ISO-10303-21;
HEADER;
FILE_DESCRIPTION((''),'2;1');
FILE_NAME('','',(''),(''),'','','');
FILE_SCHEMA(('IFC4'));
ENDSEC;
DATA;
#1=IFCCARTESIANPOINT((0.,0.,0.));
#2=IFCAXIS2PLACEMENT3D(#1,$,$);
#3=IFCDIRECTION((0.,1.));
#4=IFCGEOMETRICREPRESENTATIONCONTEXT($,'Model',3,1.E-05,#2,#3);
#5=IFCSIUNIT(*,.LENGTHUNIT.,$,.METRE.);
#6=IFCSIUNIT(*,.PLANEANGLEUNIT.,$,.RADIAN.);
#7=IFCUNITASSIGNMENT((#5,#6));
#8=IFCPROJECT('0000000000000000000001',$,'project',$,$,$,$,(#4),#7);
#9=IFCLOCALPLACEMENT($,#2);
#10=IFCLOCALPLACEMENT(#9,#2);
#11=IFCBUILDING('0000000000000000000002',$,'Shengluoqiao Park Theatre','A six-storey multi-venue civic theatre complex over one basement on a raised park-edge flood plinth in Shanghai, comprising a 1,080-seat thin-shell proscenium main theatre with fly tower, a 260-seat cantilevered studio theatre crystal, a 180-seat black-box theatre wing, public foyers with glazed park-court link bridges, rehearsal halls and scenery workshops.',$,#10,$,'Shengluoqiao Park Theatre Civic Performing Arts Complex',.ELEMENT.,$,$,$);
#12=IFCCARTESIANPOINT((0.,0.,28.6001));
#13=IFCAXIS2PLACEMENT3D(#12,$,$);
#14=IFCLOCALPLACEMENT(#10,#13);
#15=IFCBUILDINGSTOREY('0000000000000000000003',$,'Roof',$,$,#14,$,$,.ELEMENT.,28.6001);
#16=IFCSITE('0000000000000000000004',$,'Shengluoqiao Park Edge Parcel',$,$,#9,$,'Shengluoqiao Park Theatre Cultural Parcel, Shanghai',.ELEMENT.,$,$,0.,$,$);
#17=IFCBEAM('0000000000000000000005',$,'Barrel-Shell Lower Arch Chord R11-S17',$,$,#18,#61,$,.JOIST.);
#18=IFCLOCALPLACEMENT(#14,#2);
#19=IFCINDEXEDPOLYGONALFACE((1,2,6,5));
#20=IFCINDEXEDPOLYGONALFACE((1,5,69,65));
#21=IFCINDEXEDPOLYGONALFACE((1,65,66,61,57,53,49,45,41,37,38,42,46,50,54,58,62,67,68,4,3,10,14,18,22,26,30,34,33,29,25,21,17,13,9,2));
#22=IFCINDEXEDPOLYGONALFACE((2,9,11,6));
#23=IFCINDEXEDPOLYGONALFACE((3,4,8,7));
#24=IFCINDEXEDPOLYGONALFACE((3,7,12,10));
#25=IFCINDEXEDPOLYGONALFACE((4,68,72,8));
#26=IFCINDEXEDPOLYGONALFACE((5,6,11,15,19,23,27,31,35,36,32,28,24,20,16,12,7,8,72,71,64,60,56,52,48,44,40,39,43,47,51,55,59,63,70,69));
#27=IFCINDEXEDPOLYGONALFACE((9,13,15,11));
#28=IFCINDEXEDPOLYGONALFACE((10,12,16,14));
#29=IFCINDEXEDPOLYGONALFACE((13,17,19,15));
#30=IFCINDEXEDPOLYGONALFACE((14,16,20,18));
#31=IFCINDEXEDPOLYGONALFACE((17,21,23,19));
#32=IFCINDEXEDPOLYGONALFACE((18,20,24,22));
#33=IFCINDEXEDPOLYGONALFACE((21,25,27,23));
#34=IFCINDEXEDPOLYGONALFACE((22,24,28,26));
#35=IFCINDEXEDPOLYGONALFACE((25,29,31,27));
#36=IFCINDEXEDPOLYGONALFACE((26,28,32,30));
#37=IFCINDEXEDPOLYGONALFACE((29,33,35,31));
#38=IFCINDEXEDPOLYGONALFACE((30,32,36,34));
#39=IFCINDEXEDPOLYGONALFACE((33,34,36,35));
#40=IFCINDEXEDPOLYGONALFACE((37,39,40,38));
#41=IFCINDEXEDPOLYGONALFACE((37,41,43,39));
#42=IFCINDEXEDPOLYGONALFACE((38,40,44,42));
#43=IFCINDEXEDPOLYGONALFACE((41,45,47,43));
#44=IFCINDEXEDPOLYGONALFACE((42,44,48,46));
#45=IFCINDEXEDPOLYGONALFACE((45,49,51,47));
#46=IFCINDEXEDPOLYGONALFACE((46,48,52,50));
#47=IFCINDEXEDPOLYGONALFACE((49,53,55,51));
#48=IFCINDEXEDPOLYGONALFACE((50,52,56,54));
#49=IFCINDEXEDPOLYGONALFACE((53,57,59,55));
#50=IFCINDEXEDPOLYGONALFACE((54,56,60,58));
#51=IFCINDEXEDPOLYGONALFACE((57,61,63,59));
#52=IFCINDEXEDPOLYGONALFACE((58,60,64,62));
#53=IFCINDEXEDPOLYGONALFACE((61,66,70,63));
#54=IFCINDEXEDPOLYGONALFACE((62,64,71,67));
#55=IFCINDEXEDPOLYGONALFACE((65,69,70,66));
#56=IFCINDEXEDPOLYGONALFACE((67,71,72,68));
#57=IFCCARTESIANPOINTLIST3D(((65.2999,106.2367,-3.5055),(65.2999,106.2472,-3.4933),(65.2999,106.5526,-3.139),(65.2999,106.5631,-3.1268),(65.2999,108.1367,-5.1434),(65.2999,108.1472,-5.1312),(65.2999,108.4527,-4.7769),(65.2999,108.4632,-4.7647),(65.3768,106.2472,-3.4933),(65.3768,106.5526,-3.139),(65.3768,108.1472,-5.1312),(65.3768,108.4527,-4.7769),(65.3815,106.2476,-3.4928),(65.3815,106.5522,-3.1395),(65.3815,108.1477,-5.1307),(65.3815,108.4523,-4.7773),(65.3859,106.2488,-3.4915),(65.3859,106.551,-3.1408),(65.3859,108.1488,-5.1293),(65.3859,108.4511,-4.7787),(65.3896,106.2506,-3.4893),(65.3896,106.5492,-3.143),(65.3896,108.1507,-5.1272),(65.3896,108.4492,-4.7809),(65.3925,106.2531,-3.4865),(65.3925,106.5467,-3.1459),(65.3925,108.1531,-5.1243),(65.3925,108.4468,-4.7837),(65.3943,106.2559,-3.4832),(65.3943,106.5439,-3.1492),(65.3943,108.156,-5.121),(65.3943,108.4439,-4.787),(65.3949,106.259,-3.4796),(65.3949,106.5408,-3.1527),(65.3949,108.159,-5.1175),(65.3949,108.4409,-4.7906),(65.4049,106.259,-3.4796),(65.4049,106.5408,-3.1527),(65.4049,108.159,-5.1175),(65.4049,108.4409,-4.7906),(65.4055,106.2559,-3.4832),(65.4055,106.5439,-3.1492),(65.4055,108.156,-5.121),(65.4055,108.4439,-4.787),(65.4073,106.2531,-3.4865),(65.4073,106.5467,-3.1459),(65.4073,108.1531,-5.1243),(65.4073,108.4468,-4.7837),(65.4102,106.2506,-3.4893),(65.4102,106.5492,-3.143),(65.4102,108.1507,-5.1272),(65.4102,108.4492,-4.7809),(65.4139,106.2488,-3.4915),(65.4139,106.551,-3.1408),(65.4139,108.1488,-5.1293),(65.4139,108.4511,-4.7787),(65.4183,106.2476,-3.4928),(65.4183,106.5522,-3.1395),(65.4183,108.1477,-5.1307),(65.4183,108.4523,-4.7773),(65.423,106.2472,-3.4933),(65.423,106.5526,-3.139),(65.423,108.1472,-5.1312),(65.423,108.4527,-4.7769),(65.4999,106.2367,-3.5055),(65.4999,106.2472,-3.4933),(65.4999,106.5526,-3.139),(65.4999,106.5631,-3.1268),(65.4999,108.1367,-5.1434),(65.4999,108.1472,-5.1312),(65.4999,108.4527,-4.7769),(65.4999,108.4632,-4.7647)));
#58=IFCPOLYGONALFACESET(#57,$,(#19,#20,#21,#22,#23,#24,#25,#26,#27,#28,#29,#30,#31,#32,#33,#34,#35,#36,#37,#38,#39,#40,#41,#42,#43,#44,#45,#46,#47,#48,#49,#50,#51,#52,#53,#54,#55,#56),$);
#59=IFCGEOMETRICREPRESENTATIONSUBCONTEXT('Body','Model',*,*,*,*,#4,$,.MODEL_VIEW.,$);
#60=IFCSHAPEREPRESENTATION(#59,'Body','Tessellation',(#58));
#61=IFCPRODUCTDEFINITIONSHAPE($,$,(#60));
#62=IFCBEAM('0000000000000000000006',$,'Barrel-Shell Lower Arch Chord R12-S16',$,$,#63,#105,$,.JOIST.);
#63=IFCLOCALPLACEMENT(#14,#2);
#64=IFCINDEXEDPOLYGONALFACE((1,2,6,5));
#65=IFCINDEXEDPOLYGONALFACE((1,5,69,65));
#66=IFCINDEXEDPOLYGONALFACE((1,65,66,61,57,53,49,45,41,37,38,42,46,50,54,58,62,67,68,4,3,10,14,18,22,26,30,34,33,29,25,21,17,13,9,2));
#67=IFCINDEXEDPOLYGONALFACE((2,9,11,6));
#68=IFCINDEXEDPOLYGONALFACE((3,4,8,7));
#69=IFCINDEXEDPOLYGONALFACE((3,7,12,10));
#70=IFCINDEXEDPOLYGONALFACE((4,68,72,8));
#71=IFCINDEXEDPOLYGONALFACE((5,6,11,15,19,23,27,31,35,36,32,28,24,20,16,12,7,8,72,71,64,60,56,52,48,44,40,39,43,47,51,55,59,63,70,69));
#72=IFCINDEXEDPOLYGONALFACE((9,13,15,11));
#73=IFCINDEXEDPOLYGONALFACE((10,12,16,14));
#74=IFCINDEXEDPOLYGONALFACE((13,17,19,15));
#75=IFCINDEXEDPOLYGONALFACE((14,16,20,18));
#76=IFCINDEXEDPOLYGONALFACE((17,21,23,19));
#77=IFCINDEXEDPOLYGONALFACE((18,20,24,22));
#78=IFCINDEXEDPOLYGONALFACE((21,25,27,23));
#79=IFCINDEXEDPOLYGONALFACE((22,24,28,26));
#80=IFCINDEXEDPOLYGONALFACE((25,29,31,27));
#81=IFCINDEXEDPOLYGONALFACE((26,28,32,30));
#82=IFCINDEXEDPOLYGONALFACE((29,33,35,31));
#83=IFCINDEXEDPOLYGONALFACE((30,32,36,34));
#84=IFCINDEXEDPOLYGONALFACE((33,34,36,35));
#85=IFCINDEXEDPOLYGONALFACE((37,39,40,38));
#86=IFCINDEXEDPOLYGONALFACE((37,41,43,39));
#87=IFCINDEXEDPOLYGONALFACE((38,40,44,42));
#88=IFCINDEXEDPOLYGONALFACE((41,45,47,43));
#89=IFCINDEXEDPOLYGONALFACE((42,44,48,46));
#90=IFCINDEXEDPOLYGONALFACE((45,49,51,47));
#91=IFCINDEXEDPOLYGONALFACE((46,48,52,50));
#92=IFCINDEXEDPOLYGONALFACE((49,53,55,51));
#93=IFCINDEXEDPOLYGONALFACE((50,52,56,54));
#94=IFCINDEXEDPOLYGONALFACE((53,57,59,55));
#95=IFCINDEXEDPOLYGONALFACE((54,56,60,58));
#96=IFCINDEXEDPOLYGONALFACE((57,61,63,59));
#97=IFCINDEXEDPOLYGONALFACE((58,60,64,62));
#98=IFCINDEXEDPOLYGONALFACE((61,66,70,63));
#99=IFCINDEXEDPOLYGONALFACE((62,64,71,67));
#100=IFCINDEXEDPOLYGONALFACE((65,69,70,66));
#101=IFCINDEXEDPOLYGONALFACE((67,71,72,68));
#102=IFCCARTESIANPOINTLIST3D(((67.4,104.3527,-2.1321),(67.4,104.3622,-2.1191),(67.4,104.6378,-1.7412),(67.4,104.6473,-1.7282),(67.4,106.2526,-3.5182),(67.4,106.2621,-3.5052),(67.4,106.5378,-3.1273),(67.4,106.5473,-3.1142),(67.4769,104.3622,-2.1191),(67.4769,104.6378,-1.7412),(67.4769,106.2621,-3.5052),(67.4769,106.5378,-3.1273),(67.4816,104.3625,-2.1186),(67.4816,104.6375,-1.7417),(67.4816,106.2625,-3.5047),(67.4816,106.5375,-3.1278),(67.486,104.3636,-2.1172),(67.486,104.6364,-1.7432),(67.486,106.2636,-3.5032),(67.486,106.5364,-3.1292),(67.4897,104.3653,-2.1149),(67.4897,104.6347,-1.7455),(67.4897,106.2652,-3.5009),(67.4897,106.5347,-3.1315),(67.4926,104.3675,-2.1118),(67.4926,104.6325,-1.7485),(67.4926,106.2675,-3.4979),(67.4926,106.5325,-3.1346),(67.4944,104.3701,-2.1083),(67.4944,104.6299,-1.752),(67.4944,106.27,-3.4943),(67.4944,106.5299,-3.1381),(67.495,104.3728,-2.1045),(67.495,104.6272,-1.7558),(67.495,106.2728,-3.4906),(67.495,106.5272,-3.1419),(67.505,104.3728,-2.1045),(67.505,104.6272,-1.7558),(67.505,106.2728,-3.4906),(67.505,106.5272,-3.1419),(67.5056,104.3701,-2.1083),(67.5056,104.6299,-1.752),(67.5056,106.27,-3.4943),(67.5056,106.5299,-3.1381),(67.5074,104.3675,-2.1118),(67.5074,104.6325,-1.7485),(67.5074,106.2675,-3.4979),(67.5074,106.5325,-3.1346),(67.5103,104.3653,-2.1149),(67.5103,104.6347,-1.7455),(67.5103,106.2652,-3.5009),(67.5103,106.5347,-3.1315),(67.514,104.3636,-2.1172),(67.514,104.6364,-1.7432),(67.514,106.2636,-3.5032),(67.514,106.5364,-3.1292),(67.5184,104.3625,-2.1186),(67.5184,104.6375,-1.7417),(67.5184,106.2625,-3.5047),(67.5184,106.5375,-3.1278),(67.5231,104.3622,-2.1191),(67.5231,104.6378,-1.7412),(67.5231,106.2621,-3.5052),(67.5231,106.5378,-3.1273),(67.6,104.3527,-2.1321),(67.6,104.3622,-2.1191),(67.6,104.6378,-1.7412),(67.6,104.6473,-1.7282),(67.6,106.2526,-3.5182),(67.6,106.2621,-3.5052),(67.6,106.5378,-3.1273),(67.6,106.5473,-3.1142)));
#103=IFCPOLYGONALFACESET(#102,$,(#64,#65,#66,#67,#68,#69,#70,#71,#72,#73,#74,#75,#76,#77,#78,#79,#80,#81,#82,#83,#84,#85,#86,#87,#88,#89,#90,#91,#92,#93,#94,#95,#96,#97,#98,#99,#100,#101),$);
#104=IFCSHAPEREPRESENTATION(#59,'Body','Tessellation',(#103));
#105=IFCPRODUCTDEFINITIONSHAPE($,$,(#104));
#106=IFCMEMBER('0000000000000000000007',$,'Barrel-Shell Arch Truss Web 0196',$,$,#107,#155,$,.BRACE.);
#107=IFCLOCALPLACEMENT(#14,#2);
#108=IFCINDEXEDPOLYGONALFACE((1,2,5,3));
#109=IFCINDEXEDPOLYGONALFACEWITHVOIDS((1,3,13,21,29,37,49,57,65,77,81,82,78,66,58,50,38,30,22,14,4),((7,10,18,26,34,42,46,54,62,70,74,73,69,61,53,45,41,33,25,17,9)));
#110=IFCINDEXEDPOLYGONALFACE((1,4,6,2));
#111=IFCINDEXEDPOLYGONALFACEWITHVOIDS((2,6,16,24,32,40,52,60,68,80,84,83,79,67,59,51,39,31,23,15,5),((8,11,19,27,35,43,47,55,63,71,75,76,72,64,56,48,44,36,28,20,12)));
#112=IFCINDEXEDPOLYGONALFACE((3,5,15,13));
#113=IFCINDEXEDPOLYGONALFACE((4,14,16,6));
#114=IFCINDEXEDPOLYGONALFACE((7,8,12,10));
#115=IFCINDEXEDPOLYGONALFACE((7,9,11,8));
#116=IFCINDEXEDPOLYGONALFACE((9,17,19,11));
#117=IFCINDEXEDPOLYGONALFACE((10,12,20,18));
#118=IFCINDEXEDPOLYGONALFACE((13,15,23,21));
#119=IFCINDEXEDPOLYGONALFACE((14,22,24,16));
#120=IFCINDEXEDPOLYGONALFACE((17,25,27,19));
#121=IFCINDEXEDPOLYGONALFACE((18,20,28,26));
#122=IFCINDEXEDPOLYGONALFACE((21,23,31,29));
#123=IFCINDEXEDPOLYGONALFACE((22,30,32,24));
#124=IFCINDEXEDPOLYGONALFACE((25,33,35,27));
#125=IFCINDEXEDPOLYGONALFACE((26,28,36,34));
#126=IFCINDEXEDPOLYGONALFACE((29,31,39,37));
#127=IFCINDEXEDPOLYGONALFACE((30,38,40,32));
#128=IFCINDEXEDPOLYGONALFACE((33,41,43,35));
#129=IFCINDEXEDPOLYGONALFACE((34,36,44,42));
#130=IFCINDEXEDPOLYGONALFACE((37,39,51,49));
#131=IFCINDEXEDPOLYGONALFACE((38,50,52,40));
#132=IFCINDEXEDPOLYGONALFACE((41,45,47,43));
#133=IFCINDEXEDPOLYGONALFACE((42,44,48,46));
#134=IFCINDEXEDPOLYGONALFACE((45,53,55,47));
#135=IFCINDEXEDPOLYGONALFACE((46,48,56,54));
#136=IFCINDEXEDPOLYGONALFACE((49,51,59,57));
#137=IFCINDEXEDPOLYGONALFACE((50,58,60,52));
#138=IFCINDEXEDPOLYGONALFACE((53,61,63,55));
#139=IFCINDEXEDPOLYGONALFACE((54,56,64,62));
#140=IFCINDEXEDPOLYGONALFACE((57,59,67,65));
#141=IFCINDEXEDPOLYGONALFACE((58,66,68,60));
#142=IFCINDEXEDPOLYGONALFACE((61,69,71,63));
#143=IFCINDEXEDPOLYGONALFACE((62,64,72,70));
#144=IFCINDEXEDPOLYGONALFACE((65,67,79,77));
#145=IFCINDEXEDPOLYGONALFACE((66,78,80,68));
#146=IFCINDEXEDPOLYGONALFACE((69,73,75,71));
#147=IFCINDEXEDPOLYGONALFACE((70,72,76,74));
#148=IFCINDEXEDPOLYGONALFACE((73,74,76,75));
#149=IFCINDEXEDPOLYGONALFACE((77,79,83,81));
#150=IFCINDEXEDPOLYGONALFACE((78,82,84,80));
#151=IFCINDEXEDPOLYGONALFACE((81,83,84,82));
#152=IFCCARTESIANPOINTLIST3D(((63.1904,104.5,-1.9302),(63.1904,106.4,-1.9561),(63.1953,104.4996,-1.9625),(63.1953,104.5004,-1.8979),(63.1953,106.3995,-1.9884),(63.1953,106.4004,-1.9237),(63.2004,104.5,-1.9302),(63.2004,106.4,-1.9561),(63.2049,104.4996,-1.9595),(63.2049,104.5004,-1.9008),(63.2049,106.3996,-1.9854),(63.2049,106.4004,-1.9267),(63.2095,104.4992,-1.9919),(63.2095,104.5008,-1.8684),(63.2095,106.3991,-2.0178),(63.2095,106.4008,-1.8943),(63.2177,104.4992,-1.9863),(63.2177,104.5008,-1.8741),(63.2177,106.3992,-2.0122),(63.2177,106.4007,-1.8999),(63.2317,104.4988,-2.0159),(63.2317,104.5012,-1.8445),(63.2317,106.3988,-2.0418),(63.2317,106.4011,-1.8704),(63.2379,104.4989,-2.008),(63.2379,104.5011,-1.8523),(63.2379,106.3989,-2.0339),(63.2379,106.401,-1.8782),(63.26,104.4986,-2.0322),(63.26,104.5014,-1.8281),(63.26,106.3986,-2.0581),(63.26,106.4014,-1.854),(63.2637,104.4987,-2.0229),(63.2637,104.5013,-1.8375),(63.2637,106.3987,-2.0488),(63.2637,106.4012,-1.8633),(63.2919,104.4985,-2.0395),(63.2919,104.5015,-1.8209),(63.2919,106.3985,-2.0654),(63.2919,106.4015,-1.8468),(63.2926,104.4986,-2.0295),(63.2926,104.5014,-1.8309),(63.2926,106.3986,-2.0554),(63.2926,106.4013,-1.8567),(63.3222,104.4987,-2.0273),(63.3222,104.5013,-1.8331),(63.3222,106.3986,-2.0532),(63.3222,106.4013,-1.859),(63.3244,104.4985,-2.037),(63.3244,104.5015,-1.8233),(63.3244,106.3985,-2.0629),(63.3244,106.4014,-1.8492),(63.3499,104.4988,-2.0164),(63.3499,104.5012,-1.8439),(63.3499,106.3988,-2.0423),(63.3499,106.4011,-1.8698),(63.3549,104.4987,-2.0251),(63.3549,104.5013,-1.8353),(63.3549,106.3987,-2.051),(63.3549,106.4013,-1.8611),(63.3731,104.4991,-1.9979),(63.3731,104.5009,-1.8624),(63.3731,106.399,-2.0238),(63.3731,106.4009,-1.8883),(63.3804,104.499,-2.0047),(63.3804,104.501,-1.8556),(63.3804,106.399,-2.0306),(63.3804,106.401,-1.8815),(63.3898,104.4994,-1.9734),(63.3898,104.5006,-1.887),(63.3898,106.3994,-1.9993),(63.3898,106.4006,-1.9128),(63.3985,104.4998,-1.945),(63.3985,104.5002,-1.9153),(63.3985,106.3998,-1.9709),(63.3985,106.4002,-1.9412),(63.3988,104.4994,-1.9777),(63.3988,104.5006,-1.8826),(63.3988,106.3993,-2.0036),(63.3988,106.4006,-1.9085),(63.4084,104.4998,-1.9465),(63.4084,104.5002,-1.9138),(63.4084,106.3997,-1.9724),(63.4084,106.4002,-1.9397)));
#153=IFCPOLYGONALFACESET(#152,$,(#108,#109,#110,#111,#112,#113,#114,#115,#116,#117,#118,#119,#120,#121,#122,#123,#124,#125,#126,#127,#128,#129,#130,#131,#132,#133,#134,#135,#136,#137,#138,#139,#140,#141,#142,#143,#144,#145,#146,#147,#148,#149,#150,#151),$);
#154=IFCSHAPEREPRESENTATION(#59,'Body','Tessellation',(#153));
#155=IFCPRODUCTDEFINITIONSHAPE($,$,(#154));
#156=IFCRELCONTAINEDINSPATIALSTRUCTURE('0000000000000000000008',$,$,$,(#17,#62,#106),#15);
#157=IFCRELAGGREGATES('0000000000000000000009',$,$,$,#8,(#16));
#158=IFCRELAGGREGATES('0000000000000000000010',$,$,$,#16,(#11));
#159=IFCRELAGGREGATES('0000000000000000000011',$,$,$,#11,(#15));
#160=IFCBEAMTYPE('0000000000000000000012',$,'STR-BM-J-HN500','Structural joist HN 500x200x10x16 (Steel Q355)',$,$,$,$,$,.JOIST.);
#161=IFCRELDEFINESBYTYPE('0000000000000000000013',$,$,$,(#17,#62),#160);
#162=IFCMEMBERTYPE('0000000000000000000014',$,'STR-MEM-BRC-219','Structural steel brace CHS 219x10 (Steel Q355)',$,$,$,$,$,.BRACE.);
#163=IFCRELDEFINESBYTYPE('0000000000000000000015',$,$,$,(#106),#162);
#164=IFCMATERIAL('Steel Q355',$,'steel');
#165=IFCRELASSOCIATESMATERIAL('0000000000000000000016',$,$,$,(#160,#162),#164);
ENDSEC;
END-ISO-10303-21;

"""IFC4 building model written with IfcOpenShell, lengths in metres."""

from ifc_helpers import new_model, si_unit, direction, frame, origin, origin_2d, place, context, subcontext, project, spatial, hollow_circle, i_section, extrude, material, material_profile, profile_set, type_object, element, save


model = new_model("IFC4")

# Units and contexts
model_context = context("Model", 3, precision=1e-05, world=origin(), true_north=direction((0.0, 1.0)))
body_context = subcontext(model_context, "Body", "Model", "MODEL_VIEW")
ifc_project = project(units=[si_unit("LENGTHUNIT", "METRE"), si_unit("PLANEANGLEUNIT", "RADIAN")], contexts=[model_context])

# Site, building, storey
site_placement = place(None, origin())
site = spatial("IfcSite", under=ifc_project, at=site_placement, Name="Shengluoqiao Park Edge Parcel", LongName="Shengluoqiao Park Theatre Cultural Parcel, Shanghai", CompositionType="ELEMENT", RefElevation=0.0)
building_placement = place(site_placement, origin())
building = spatial("IfcBuilding", under=site, at=building_placement, Name="Shengluoqiao Park Theatre", Description="A six-storey multi-venue civic theatre complex over one basement on a raised park-edge flood plinth in Shanghai, comprising a 1,080-seat thin-shell proscenium main theatre with fly tower, a 260-seat cantilevered studio theatre crystal, a 180-seat black-box theatre wing, public foyers with glazed park-court link bridges, rehearsal halls and scenery workshops.", LongName="Shengluoqiao Park Theatre Civic Performing Arts Complex", CompositionType="ELEMENT")
storey_placement = place(building_placement, frame((0.0, 0.0, 28.6001)))
storey = spatial("IfcBuildingStorey", under=building, at=storey_placement, Name="Roof", CompositionType="ELEMENT", Elevation=28.6001)

# Beams
ifc_material_1 = material(Name="Steel Q355", Category="steel")
ifc_material_profile_1 = material_profile(ifc_material_1, i_section(OverallWidth=0.2, OverallDepth=0.5, WebThickness=0.01, FlangeThickness=0.0161, FilletRadius=0.0181, at=origin_2d()), Name="HN 500x200x10x16")
ifc_profile_set_1 = profile_set([ifc_material_profile_1], Name="Steel Q355")
beam_type_1 = type_object("IfcBeamType", Name="STR-BM-J-HN500", Description="Structural joist HN 500x200x10x16 (Steel Q355)", PredefinedType="JOIST", material=ifc_profile_set_1)
beam_1_placement = place(storey_placement, frame((65.3999, 106.3999, -3.3162), z_axis=(0.0, 0.757433, -0.652913), x_axis=(-1.0, 0.0, 0.0)))
element("IfcBeam", 1, at=beam_1_placement, inside=storey, type_object=beam_type_1, Name="Barrel-Shell Lower Arch Chord R11-S17", PredefinedType="JOIST", context=body_context, shape_type="SweptSolid", body=[
    extrude(i_section(OverallWidth=0.2, OverallDepth=0.5, WebThickness=0.01, FlangeThickness=0.0161, FilletRadius=0.0181, at=origin_2d()), origin(), (0.0, 0.0, 1.0), 2.5085),
])
beam_2_placement = place(storey_placement, frame((67.5, 104.5, -1.9302), z_axis=(0.0, 0.807878, -0.58935), x_axis=(-1.0, 0.0, 0.0)))
element("IfcBeam", 2, at=beam_2_placement, inside=storey, type_object=beam_type_1, Name="Barrel-Shell Lower Arch Chord R12-S16", PredefinedType="JOIST", context=body_context, shape_type="SweptSolid", body=[
    extrude(i_section(OverallWidth=0.2, OverallDepth=0.5, WebThickness=0.01, FlangeThickness=0.0161, FilletRadius=0.0181, at=origin_2d()), origin(), (0.0, 0.0, 1.0), 2.3518),
])

# Member
ifc_material_profile_2 = material_profile(ifc_material_1, hollow_circle(Radius=0.1096, WallThickness=0.01, at=origin_2d()), Name="CHS 219x10")
ifc_profile_set_2 = profile_set([ifc_material_profile_2], Name="Steel Q355")
member_type_1 = type_object("IfcMemberType", Name="STR-MEM-BRC-219", Description="Structural steel brace CHS 219x10 (Steel Q355)", PredefinedType="BRACE", material=ifc_profile_set_2)
member_1_placement = place(storey_placement, frame((63.3, 104.5, -1.9302), z_axis=(0.0, 0.999907, -0.01362), x_axis=(-1.0, 0.0, 0.0)))
element("IfcMember", 3, at=member_1_placement, inside=storey, type_object=member_type_1, Name="Barrel-Shell Arch Truss Web 0196", PredefinedType="BRACE", context=body_context, shape_type="SweptSolid", body=[
    extrude(hollow_circle(Radius=0.1096, WallThickness=0.01, at=origin_2d()), origin(), (0.0, 0.0, 1.0), 1.9001),
])

save(model, "model.ifc")
